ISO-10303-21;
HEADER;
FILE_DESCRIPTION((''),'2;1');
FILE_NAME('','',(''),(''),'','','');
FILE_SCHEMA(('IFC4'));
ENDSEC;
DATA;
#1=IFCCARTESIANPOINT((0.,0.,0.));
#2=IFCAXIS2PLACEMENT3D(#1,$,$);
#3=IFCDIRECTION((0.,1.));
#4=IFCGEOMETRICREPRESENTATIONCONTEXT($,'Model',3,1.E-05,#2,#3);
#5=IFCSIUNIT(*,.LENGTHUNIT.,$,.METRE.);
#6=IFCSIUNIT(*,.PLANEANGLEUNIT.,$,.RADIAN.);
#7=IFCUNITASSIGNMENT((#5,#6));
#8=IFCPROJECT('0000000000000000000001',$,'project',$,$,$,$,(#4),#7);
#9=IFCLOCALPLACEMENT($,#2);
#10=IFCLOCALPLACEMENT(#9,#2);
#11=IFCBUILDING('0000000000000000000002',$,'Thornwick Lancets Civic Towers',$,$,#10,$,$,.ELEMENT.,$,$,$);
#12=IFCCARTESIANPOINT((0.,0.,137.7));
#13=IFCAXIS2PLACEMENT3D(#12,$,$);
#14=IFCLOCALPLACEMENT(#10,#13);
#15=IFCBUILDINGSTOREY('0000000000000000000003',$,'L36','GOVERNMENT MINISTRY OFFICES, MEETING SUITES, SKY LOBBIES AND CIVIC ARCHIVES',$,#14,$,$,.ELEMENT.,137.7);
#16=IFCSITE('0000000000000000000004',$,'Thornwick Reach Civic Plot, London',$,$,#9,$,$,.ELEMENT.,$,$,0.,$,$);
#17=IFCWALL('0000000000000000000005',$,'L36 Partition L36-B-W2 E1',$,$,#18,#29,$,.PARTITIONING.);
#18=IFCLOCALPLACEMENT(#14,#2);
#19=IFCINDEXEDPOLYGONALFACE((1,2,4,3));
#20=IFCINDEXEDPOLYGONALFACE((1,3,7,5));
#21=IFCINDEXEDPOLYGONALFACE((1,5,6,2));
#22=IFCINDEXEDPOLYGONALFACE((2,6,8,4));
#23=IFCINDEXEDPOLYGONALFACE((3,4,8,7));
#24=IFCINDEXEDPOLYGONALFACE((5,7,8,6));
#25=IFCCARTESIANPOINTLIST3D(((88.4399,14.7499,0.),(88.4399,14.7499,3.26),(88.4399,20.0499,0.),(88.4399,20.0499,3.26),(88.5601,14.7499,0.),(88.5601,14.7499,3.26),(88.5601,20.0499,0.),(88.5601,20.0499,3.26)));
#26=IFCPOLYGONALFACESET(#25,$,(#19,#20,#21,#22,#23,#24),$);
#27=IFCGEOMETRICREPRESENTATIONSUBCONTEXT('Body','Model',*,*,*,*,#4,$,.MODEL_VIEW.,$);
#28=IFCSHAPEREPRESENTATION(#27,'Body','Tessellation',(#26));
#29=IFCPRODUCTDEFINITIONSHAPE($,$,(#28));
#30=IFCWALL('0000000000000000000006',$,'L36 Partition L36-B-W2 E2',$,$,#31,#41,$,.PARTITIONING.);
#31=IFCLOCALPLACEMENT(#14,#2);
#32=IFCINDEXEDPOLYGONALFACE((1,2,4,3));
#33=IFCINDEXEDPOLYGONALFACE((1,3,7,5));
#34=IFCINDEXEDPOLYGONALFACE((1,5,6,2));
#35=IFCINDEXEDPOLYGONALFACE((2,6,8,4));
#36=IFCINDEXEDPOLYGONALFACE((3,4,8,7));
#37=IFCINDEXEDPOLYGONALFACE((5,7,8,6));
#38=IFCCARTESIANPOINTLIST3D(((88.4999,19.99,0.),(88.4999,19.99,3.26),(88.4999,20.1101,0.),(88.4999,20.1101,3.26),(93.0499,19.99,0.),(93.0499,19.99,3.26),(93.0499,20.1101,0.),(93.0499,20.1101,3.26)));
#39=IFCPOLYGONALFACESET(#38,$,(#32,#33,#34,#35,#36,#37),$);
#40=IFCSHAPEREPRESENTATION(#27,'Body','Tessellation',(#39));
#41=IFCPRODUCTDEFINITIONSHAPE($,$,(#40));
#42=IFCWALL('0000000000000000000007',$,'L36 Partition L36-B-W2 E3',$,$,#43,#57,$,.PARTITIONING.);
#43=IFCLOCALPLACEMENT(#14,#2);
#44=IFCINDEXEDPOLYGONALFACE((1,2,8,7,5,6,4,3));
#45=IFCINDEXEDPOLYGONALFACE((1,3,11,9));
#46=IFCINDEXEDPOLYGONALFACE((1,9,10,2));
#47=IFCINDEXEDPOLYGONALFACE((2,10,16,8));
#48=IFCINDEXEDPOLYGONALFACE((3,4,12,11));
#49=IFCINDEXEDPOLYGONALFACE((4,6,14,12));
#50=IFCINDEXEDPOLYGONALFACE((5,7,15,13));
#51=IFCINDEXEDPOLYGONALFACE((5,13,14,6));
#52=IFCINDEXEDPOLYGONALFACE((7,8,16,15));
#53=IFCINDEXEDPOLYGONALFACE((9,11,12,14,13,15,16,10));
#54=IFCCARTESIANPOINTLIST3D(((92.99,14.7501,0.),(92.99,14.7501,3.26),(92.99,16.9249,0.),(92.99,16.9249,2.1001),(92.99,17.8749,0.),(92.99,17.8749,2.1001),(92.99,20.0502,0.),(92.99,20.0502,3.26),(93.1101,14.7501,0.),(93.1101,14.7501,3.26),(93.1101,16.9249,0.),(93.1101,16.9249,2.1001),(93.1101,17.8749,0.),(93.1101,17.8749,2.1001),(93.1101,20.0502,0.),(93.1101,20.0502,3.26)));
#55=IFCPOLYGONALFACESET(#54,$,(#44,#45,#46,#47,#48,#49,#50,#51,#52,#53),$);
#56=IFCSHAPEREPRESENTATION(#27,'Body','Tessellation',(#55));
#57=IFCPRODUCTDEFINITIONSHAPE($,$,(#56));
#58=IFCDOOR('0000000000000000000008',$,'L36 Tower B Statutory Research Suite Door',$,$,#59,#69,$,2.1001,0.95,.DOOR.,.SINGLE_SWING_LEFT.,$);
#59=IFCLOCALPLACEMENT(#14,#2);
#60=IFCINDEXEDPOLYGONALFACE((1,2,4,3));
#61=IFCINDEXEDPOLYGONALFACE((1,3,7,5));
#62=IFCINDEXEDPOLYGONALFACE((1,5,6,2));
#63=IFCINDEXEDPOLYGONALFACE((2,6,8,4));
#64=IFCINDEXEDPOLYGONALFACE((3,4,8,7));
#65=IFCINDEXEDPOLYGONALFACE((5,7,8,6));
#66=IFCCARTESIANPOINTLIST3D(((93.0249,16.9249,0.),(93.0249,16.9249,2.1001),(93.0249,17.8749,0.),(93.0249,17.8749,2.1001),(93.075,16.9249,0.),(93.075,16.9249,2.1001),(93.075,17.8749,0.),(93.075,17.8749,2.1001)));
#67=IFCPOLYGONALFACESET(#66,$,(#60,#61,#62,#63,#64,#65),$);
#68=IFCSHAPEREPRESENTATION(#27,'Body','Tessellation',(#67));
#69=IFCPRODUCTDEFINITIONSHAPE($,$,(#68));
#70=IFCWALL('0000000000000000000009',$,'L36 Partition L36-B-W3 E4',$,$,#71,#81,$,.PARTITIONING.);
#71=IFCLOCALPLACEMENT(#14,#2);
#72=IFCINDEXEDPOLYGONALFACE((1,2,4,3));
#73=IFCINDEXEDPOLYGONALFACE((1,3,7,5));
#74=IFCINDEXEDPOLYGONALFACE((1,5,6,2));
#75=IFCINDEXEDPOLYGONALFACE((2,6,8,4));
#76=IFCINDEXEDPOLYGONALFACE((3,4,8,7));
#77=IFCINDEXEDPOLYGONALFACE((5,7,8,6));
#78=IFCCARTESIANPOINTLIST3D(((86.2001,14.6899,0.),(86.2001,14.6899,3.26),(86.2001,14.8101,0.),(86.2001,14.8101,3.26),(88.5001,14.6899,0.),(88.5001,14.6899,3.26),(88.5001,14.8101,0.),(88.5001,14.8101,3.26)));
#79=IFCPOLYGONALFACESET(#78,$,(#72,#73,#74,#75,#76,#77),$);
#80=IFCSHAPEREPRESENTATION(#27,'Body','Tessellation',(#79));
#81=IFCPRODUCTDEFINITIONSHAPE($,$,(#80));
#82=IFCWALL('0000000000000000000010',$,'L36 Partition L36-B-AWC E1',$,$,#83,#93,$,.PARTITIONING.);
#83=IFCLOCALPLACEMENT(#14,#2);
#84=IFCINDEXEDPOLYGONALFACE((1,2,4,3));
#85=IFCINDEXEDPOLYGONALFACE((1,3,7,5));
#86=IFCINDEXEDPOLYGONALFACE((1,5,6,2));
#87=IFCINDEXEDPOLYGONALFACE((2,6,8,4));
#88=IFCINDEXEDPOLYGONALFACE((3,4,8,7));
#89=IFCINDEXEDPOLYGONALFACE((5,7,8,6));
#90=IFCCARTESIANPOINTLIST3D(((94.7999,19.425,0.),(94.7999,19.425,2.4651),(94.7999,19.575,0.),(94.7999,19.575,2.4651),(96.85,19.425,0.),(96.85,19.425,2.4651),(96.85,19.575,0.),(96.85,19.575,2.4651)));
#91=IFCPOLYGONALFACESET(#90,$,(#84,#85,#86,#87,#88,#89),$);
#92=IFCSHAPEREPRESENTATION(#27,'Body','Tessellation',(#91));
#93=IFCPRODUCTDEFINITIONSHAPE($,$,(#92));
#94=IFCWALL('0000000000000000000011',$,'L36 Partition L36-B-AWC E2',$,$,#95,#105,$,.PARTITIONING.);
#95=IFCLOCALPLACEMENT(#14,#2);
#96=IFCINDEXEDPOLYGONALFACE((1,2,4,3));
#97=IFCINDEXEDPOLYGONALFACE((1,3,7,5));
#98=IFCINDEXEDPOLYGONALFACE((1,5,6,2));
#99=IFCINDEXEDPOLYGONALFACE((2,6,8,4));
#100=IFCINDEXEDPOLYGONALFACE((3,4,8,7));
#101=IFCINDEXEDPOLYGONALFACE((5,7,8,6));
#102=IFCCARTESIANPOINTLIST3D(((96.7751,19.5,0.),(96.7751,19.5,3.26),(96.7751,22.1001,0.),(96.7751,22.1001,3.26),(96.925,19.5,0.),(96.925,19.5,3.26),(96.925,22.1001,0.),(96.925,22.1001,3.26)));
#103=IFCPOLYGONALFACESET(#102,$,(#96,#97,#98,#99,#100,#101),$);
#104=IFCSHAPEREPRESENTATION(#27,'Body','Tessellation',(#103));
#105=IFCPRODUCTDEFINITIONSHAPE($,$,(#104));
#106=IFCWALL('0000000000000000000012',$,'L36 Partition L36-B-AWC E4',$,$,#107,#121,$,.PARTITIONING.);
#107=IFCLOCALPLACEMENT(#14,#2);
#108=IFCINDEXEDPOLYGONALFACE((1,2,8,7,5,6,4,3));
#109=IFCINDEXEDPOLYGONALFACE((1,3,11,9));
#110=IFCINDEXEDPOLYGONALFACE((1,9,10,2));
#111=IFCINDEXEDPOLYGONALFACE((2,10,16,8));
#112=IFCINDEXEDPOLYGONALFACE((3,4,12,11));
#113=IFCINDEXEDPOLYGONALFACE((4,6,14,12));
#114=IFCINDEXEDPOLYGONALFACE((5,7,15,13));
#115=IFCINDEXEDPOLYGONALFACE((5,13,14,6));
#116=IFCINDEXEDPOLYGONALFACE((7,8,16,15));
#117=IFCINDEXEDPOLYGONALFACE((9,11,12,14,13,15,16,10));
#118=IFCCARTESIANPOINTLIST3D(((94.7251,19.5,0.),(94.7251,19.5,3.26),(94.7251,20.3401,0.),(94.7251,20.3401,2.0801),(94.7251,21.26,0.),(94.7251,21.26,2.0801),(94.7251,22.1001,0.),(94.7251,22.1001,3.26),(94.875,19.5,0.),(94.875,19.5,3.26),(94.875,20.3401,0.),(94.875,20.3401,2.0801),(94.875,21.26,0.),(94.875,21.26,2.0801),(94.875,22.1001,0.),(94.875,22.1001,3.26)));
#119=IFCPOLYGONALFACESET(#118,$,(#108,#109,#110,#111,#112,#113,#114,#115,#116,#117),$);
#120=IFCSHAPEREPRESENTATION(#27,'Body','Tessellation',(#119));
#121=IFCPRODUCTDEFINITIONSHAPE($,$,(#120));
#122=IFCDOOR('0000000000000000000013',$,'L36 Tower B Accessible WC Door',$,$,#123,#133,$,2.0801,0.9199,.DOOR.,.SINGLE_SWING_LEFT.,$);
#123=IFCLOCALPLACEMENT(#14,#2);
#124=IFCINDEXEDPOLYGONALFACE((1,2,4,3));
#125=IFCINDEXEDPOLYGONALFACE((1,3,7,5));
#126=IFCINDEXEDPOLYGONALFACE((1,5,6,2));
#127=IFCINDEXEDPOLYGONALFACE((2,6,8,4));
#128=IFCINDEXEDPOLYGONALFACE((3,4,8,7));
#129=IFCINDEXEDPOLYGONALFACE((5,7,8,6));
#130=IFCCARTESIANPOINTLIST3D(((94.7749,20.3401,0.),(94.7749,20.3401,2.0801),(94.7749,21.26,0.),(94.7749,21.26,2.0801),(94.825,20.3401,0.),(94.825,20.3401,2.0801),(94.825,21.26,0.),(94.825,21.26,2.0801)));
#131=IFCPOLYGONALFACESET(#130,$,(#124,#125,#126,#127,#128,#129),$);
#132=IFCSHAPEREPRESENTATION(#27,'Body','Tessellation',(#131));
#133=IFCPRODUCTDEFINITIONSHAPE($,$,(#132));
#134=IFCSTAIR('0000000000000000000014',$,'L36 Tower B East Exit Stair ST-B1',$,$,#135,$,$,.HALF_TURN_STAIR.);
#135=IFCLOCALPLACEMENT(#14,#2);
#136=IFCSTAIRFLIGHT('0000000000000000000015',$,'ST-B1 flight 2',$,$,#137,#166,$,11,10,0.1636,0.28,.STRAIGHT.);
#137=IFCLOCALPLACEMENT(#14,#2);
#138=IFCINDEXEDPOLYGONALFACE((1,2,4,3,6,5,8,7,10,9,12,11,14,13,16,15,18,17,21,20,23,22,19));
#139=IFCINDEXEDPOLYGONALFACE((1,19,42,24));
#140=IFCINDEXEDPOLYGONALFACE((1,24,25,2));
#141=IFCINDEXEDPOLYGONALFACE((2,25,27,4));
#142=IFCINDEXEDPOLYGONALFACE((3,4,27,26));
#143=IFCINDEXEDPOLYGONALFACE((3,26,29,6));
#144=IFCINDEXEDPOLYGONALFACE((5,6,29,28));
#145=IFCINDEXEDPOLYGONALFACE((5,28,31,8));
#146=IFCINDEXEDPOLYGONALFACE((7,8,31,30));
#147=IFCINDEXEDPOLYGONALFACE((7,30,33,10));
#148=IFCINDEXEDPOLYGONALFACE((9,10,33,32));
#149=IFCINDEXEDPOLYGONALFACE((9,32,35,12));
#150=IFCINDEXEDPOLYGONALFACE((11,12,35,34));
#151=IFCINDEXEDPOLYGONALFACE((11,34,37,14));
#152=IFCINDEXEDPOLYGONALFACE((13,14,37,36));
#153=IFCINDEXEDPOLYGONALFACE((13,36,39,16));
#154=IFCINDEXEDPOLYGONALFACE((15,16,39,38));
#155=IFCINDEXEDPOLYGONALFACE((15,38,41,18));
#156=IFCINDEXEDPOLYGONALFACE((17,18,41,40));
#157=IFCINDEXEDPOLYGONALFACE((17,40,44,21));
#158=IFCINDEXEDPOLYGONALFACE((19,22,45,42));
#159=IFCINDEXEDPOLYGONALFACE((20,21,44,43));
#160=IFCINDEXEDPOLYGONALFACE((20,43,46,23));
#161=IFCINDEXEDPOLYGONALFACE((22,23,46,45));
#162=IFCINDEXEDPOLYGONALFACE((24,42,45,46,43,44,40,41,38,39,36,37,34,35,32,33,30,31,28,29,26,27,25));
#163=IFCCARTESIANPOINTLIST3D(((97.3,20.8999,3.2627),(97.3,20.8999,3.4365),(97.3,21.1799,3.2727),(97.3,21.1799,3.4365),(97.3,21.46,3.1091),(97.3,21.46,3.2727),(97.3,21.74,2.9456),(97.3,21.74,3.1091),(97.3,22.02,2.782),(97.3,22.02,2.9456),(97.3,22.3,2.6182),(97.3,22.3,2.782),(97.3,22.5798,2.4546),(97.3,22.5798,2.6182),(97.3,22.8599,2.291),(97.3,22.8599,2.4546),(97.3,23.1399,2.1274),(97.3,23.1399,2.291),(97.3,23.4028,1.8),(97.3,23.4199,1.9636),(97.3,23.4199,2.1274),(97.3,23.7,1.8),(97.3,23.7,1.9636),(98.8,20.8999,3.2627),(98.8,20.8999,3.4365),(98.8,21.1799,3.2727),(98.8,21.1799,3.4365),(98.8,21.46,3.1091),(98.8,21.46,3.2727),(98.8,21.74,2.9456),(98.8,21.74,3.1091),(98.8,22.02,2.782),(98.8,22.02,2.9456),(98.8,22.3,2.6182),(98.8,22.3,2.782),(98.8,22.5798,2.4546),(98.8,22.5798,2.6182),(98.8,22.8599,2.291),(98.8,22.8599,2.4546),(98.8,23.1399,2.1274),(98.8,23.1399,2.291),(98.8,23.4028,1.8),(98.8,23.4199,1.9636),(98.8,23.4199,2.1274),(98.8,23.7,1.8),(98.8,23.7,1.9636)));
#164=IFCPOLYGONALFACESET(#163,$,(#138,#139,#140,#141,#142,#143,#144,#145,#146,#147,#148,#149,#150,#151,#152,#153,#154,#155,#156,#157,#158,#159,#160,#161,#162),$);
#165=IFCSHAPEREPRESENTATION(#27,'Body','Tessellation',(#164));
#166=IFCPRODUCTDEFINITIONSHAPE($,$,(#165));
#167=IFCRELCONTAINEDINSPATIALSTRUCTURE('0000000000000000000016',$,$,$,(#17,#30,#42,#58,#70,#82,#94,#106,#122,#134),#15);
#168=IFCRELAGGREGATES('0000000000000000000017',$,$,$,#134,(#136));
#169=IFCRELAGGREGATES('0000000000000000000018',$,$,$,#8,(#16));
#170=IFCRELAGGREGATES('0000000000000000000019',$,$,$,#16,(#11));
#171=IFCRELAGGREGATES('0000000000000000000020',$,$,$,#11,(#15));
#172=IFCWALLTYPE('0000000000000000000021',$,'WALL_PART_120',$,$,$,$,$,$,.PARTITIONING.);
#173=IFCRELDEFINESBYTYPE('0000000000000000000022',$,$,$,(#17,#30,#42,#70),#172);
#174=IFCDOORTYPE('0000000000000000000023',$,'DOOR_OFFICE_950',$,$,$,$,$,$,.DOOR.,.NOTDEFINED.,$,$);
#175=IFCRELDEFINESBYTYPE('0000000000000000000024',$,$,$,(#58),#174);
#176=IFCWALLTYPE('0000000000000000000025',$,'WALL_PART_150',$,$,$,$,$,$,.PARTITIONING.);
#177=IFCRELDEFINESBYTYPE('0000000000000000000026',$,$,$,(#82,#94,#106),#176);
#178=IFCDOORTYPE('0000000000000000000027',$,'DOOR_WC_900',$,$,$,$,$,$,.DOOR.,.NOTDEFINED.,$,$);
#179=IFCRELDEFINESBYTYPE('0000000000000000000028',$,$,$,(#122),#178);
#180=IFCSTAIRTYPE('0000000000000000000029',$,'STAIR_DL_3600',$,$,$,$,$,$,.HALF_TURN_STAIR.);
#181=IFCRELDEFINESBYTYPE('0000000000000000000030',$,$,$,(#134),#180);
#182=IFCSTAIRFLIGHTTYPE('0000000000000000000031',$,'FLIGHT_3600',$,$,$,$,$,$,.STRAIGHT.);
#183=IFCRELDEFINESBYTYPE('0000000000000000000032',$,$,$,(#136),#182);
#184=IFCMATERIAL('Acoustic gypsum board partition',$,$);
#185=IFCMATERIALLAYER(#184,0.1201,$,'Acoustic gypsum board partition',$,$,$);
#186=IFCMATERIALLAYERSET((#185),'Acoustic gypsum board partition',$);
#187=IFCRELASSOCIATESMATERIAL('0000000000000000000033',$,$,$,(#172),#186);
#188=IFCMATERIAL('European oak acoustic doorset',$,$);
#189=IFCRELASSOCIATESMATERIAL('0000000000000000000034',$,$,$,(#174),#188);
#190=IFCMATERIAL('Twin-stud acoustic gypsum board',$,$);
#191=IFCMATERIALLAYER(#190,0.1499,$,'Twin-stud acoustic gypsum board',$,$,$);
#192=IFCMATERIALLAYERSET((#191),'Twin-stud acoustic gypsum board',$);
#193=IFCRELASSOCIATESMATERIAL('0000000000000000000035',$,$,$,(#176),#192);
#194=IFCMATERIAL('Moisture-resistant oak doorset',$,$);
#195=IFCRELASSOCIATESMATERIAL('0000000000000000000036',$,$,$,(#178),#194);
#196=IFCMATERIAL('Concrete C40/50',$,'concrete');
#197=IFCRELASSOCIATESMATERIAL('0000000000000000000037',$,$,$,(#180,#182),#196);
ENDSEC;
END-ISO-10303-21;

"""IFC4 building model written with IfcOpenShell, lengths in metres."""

from ifc_helpers import new_model, si_unit, direction, frame, frame_2d, origin, place, context, subcontext, project, spatial, polyline, rectangle, outline, extrude, material, layer, layer_set, type_object, element, fill, aggregate, save


model = new_model("IFC4")

# Units and contexts
model_context = context("Model", 3, precision=1e-05, world=origin(), true_north=direction((0.0, 1.0)))
body_context = subcontext(model_context, "Body", "Model", "MODEL_VIEW")
ifc_project = project(units=[si_unit("LENGTHUNIT", "METRE"), si_unit("PLANEANGLEUNIT", "RADIAN")], contexts=[model_context])

# Site, building, storey
site_placement = place(None, origin())
site = spatial("IfcSite", under=ifc_project, at=site_placement, Name="Thornwick Reach Civic Plot, London", CompositionType="ELEMENT", RefElevation=0.0)
building_placement = place(site_placement, origin())
building = spatial("IfcBuilding", under=site, at=building_placement, Name="Thornwick Lancets Civic Towers", CompositionType="ELEMENT")
storey_placement = place(building_placement, frame((0.0, 0.0, 137.7)))
storey = spatial("IfcBuildingStorey", under=building, at=storey_placement, Name="L36", Description="GOVERNMENT MINISTRY OFFICES, MEETING SUITES, SKY LOBBIES AND CIVIC ARCHIVES", CompositionType="ELEMENT", Elevation=137.7)

# Shared definitions
ifc_material_1 = material(Name="Acoustic gypsum board partition")
ifc_layer_1 = layer(ifc_material_1, 0.1201, Name="Acoustic gypsum board partition")
ifc_layer_set_1 = layer_set([ifc_layer_1], Name="Acoustic gypsum board partition")
wall_type_1 = type_object("IfcWallType", Name="WALL_PART_120", PredefinedType="PARTITIONING", material=ifc_layer_set_1)

# Walls
wall_1_placement = place(storey_placement, frame((88.5, 14.75, 0.0), z_axis=(0.0, 0.0, 1.0), x_axis=(0.0, 1.0, 0.0)))
element("IfcWall", 1, at=wall_1_placement, inside=storey, type_object=wall_type_1, Name="L36 Partition L36-B-W2 E1", PredefinedType="PARTITIONING", context=body_context, shape_type="SweptSolid", body=[
    extrude(rectangle(XDim=5.3, YDim=0.1201, at=frame_2d((2.6499, 0.0))), origin(), (0.0, 0.0, 1.0), 3.26),
])
wall_2_placement = place(storey_placement, frame((88.5, 20.05, 0.0), z_axis=(0.0, 0.0, 1.0), x_axis=(1.0, 0.0, 0.0)))
element("IfcWall", 2, at=wall_2_placement, inside=storey, type_object=wall_type_1, Name="L36 Partition L36-B-W2 E2", PredefinedType="PARTITIONING", context=body_context, shape_type="SweptSolid", body=[
    extrude(rectangle(XDim=4.55, YDim=0.1201, at=frame_2d((2.2749, 0.0))), origin(), (0.0, 0.0, 1.0), 3.26),
])

# Wall, opening, door
wall_3_placement = place(storey_placement, frame((93.05, 20.05, 0.0), z_axis=(0.0, 0.0, 1.0), x_axis=(0.0, -1.0, 0.0)))
wall_3 = element("IfcWall", 3, at=wall_3_placement, inside=storey, type_object=wall_type_1, Name="L36 Partition L36-B-W2 E3", PredefinedType="PARTITIONING", context=body_context, shape_type="SweptSolid", body=[
    extrude(rectangle(XDim=5.3, YDim=0.1201, at=frame_2d((2.6499, 0.0))), origin(), (0.0, 0.0, 1.0), 3.26),
])
opening_1_placement = place(wall_3_placement, frame((2.175, 0.0, 0.0)))
opening_1 = element("IfcOpeningElement", 4, at=opening_1_placement, cuts=wall_3, PredefinedType="OPENING", context=body_context, shape_type="SweptSolid", body=[
    extrude(rectangle(XDim=0.95, YDim=2.1001, at=frame_2d((0.4751, 1.05))), frame((0.0, 0.0701, 0.0), z_axis=(0.0, -1.0, 0.0), x_axis=(1.0, 0.0, 0.0)), (0.0, 0.0, 1.0), 0.1401),
])
ifc_material_2 = material(Name="European oak acoustic doorset")
door_type_1 = type_object("IfcDoorType", Name="DOOR_OFFICE_950", OperationType="NOTDEFINED", PredefinedType="DOOR", material=ifc_material_2)
door_1_placement = place(opening_1_placement, origin())
door_1 = element("IfcDoor", 5, at=door_1_placement, inside=storey, type_object=door_type_1, Name="L36 Tower B Statutory Research Suite Door", OperationType="SINGLE_SWING_LEFT", OverallHeight=2.1001, OverallWidth=0.95, PredefinedType="DOOR", context=body_context, shape_type="SweptSolid", body=[
    extrude(rectangle(XDim=0.95, YDim=2.1001, at=frame_2d((0.4751, 1.05))), frame((0.0, 0.0249, 0.0), z_axis=(0.0, -1.0, 0.0), x_axis=(1.0, 0.0, 0.0)), (0.0, 0.0, 1.0), 0.05),
])
fill(opening_1, door_1)

# Walls
wall_4_placement = place(storey_placement, frame((88.5, 14.75, 0.0), z_axis=(0.0, 0.0, 1.0), x_axis=(-1.0, 0.0, 0.0)))
element("IfcWall", 6, at=wall_4_placement, inside=storey, type_object=wall_type_1, Name="L36 Partition L36-B-W3 E4", PredefinedType="PARTITIONING", context=body_context, shape_type="SweptSolid", body=[
    extrude(rectangle(XDim=2.3, YDim=0.1201, at=frame_2d((1.1499, 0.0))), origin(), (0.0, 0.0, 1.0), 3.26),
])
ifc_material_3 = material(Name="Twin-stud acoustic gypsum board")
ifc_layer_2 = layer(ifc_material_3, 0.1499, Name="Twin-stud acoustic gypsum board")
ifc_layer_set_2 = layer_set([ifc_layer_2], Name="Twin-stud acoustic gypsum board")
wall_type_2 = type_object("IfcWallType", Name="WALL_PART_150", PredefinedType="PARTITIONING", material=ifc_layer_set_2)
wall_5_placement = place(storey_placement, frame((94.8, 19.5, 0.0), z_axis=(0.0, 0.0, 1.0), x_axis=(1.0, 0.0, 0.0)))
element("IfcWall", 7, at=wall_5_placement, inside=storey, type_object=wall_type_2, Name="L36 Partition L36-B-AWC E1", PredefinedType="PARTITIONING", context=body_context, shape_type="SweptSolid", body=[
    extrude(rectangle(XDim=2.05, YDim=0.1499, at=frame_2d((1.0249, 0.0))), origin(), (0.0, 0.0, 1.0), 2.4651),
])
wall_6_placement = place(storey_placement, frame((96.8501, 19.5, 0.0), z_axis=(0.0, 0.0, 1.0), x_axis=(0.0, 1.0, 0.0)))
element("IfcWall", 8, at=wall_6_placement, inside=storey, type_object=wall_type_2, Name="L36 Partition L36-B-AWC E2", PredefinedType="PARTITIONING", context=body_context, shape_type="SweptSolid", body=[
    extrude(rectangle(XDim=2.6001, YDim=0.1499, at=frame_2d((1.3, 0.0))), origin(), (0.0, 0.0, 1.0), 3.26),
])

# Wall, opening, door
wall_7_placement = place(storey_placement, frame((94.8, 22.1001, 0.0), z_axis=(0.0, 0.0, 1.0), x_axis=(0.0, -1.0, 0.0)))
wall_7 = element("IfcWall", 9, at=wall_7_placement, inside=storey, type_object=wall_type_2, Name="L36 Partition L36-B-AWC E4", PredefinedType="PARTITIONING", context=body_context, shape_type="SweptSolid", body=[
    extrude(rectangle(XDim=2.6001, YDim=0.1499, at=frame_2d((1.3, 0.0))), origin(), (0.0, 0.0, 1.0), 3.26),
])
opening_2_placement = place(wall_7_placement, frame((0.8401, 0.0, 0.0)))
opening_2 = element("IfcOpeningElement", 10, at=opening_2_placement, cuts=wall_7, PredefinedType="OPENING", context=body_context, shape_type="SweptSolid", body=[
    extrude(rectangle(XDim=0.9199, YDim=2.0801, at=frame_2d((0.46, 1.04))), frame((0.0, 0.085, 0.0), z_axis=(0.0, -1.0, 0.0), x_axis=(1.0, 0.0, 0.0)), (0.0, 0.0, 1.0), 0.1699),
])
ifc_material_4 = material(Name="Moisture-resistant oak doorset")
door_type_2 = type_object("IfcDoorType", Name="DOOR_WC_900", OperationType="NOTDEFINED", PredefinedType="DOOR", material=ifc_material_4)
door_2_placement = place(opening_2_placement, origin())
door_2 = element("IfcDoor", 11, at=door_2_placement, inside=storey, type_object=door_type_2, Name="L36 Tower B Accessible WC Door", OperationType="SINGLE_SWING_LEFT", OverallHeight=2.0801, OverallWidth=0.9199, PredefinedType="DOOR", context=body_context, shape_type="SweptSolid", body=[
    extrude(rectangle(XDim=0.9199, YDim=2.0801, at=frame_2d((0.46, 1.04))), frame((0.0, 0.0249, 0.0), z_axis=(0.0, -1.0, 0.0), x_axis=(1.0, 0.0, 0.0)), (0.0, 0.0, 1.0), 0.05),
])
fill(opening_2, door_2)

# Stair, stair flight
ifc_material_5 = material(Name="Concrete C40/50", Category="concrete")
stair_type = type_object("IfcStairType", Name="STAIR_DL_3600", PredefinedType="HALF_TURN_STAIR", material=ifc_material_5)
stair_placement = place(storey_placement, origin())
stair = element("IfcStair", 12, at=stair_placement, inside=storey, type_object=stair_type, Name="L36 Tower B East Exit Stair ST-B1", PredefinedType="HALF_TURN_STAIR")
stair_flight_type = type_object("IfcStairFlightType", Name="FLIGHT_3600", PredefinedType="STRAIGHT", material=ifc_material_5)
stair_flight_placement = place(storey_placement, frame((98.05, 23.7, 1.8), z_axis=(0.0, 0.0, 1.0), x_axis=(0.0, -1.0, 0.0)))
stair_flight = element("IfcStairFlight", 13, at=stair_flight_placement, type_object=stair_flight_type, Name="ST-B1 flight 2", NumberOfRisers=11, NumberOfTreads=10, PredefinedType="STRAIGHT", RiserHeight=0.1636, TreadLength=0.28, context=body_context, shape_type="SweptSolid", body=[
    extrude(outline(polyline([(0.0, 0.0), (0.0, 0.1636), (0.28, 0.1636), (0.28, 0.3274), (0.5601, 0.3274), (0.5601, 0.491), (0.8401, 0.491), (0.8401, 0.6545), (1.1201, 0.6545), (1.1201, 0.8181), (1.3999, 0.8181), (1.3999, 0.9819), (1.6799, 0.9819), (1.6799, 1.1455), (1.96, 1.1455), (1.96, 1.3091), (2.24, 1.3091), (2.24, 1.4727), (2.52, 1.4727), (2.52, 1.6365), (2.8, 1.6365), (2.8, 1.8), (2.8, 1.4626), (0.2971, 0.0), (0.0, 0.0)])), frame((0.0, 0.75, 0.0), z_axis=(0.0, -1.0, 0.0), x_axis=(1.0, 0.0, 0.0)), (0.0, 0.0, 1.0), 1.5),
])
aggregate(stair, [stair_flight])

save(model, "model.ifc")
